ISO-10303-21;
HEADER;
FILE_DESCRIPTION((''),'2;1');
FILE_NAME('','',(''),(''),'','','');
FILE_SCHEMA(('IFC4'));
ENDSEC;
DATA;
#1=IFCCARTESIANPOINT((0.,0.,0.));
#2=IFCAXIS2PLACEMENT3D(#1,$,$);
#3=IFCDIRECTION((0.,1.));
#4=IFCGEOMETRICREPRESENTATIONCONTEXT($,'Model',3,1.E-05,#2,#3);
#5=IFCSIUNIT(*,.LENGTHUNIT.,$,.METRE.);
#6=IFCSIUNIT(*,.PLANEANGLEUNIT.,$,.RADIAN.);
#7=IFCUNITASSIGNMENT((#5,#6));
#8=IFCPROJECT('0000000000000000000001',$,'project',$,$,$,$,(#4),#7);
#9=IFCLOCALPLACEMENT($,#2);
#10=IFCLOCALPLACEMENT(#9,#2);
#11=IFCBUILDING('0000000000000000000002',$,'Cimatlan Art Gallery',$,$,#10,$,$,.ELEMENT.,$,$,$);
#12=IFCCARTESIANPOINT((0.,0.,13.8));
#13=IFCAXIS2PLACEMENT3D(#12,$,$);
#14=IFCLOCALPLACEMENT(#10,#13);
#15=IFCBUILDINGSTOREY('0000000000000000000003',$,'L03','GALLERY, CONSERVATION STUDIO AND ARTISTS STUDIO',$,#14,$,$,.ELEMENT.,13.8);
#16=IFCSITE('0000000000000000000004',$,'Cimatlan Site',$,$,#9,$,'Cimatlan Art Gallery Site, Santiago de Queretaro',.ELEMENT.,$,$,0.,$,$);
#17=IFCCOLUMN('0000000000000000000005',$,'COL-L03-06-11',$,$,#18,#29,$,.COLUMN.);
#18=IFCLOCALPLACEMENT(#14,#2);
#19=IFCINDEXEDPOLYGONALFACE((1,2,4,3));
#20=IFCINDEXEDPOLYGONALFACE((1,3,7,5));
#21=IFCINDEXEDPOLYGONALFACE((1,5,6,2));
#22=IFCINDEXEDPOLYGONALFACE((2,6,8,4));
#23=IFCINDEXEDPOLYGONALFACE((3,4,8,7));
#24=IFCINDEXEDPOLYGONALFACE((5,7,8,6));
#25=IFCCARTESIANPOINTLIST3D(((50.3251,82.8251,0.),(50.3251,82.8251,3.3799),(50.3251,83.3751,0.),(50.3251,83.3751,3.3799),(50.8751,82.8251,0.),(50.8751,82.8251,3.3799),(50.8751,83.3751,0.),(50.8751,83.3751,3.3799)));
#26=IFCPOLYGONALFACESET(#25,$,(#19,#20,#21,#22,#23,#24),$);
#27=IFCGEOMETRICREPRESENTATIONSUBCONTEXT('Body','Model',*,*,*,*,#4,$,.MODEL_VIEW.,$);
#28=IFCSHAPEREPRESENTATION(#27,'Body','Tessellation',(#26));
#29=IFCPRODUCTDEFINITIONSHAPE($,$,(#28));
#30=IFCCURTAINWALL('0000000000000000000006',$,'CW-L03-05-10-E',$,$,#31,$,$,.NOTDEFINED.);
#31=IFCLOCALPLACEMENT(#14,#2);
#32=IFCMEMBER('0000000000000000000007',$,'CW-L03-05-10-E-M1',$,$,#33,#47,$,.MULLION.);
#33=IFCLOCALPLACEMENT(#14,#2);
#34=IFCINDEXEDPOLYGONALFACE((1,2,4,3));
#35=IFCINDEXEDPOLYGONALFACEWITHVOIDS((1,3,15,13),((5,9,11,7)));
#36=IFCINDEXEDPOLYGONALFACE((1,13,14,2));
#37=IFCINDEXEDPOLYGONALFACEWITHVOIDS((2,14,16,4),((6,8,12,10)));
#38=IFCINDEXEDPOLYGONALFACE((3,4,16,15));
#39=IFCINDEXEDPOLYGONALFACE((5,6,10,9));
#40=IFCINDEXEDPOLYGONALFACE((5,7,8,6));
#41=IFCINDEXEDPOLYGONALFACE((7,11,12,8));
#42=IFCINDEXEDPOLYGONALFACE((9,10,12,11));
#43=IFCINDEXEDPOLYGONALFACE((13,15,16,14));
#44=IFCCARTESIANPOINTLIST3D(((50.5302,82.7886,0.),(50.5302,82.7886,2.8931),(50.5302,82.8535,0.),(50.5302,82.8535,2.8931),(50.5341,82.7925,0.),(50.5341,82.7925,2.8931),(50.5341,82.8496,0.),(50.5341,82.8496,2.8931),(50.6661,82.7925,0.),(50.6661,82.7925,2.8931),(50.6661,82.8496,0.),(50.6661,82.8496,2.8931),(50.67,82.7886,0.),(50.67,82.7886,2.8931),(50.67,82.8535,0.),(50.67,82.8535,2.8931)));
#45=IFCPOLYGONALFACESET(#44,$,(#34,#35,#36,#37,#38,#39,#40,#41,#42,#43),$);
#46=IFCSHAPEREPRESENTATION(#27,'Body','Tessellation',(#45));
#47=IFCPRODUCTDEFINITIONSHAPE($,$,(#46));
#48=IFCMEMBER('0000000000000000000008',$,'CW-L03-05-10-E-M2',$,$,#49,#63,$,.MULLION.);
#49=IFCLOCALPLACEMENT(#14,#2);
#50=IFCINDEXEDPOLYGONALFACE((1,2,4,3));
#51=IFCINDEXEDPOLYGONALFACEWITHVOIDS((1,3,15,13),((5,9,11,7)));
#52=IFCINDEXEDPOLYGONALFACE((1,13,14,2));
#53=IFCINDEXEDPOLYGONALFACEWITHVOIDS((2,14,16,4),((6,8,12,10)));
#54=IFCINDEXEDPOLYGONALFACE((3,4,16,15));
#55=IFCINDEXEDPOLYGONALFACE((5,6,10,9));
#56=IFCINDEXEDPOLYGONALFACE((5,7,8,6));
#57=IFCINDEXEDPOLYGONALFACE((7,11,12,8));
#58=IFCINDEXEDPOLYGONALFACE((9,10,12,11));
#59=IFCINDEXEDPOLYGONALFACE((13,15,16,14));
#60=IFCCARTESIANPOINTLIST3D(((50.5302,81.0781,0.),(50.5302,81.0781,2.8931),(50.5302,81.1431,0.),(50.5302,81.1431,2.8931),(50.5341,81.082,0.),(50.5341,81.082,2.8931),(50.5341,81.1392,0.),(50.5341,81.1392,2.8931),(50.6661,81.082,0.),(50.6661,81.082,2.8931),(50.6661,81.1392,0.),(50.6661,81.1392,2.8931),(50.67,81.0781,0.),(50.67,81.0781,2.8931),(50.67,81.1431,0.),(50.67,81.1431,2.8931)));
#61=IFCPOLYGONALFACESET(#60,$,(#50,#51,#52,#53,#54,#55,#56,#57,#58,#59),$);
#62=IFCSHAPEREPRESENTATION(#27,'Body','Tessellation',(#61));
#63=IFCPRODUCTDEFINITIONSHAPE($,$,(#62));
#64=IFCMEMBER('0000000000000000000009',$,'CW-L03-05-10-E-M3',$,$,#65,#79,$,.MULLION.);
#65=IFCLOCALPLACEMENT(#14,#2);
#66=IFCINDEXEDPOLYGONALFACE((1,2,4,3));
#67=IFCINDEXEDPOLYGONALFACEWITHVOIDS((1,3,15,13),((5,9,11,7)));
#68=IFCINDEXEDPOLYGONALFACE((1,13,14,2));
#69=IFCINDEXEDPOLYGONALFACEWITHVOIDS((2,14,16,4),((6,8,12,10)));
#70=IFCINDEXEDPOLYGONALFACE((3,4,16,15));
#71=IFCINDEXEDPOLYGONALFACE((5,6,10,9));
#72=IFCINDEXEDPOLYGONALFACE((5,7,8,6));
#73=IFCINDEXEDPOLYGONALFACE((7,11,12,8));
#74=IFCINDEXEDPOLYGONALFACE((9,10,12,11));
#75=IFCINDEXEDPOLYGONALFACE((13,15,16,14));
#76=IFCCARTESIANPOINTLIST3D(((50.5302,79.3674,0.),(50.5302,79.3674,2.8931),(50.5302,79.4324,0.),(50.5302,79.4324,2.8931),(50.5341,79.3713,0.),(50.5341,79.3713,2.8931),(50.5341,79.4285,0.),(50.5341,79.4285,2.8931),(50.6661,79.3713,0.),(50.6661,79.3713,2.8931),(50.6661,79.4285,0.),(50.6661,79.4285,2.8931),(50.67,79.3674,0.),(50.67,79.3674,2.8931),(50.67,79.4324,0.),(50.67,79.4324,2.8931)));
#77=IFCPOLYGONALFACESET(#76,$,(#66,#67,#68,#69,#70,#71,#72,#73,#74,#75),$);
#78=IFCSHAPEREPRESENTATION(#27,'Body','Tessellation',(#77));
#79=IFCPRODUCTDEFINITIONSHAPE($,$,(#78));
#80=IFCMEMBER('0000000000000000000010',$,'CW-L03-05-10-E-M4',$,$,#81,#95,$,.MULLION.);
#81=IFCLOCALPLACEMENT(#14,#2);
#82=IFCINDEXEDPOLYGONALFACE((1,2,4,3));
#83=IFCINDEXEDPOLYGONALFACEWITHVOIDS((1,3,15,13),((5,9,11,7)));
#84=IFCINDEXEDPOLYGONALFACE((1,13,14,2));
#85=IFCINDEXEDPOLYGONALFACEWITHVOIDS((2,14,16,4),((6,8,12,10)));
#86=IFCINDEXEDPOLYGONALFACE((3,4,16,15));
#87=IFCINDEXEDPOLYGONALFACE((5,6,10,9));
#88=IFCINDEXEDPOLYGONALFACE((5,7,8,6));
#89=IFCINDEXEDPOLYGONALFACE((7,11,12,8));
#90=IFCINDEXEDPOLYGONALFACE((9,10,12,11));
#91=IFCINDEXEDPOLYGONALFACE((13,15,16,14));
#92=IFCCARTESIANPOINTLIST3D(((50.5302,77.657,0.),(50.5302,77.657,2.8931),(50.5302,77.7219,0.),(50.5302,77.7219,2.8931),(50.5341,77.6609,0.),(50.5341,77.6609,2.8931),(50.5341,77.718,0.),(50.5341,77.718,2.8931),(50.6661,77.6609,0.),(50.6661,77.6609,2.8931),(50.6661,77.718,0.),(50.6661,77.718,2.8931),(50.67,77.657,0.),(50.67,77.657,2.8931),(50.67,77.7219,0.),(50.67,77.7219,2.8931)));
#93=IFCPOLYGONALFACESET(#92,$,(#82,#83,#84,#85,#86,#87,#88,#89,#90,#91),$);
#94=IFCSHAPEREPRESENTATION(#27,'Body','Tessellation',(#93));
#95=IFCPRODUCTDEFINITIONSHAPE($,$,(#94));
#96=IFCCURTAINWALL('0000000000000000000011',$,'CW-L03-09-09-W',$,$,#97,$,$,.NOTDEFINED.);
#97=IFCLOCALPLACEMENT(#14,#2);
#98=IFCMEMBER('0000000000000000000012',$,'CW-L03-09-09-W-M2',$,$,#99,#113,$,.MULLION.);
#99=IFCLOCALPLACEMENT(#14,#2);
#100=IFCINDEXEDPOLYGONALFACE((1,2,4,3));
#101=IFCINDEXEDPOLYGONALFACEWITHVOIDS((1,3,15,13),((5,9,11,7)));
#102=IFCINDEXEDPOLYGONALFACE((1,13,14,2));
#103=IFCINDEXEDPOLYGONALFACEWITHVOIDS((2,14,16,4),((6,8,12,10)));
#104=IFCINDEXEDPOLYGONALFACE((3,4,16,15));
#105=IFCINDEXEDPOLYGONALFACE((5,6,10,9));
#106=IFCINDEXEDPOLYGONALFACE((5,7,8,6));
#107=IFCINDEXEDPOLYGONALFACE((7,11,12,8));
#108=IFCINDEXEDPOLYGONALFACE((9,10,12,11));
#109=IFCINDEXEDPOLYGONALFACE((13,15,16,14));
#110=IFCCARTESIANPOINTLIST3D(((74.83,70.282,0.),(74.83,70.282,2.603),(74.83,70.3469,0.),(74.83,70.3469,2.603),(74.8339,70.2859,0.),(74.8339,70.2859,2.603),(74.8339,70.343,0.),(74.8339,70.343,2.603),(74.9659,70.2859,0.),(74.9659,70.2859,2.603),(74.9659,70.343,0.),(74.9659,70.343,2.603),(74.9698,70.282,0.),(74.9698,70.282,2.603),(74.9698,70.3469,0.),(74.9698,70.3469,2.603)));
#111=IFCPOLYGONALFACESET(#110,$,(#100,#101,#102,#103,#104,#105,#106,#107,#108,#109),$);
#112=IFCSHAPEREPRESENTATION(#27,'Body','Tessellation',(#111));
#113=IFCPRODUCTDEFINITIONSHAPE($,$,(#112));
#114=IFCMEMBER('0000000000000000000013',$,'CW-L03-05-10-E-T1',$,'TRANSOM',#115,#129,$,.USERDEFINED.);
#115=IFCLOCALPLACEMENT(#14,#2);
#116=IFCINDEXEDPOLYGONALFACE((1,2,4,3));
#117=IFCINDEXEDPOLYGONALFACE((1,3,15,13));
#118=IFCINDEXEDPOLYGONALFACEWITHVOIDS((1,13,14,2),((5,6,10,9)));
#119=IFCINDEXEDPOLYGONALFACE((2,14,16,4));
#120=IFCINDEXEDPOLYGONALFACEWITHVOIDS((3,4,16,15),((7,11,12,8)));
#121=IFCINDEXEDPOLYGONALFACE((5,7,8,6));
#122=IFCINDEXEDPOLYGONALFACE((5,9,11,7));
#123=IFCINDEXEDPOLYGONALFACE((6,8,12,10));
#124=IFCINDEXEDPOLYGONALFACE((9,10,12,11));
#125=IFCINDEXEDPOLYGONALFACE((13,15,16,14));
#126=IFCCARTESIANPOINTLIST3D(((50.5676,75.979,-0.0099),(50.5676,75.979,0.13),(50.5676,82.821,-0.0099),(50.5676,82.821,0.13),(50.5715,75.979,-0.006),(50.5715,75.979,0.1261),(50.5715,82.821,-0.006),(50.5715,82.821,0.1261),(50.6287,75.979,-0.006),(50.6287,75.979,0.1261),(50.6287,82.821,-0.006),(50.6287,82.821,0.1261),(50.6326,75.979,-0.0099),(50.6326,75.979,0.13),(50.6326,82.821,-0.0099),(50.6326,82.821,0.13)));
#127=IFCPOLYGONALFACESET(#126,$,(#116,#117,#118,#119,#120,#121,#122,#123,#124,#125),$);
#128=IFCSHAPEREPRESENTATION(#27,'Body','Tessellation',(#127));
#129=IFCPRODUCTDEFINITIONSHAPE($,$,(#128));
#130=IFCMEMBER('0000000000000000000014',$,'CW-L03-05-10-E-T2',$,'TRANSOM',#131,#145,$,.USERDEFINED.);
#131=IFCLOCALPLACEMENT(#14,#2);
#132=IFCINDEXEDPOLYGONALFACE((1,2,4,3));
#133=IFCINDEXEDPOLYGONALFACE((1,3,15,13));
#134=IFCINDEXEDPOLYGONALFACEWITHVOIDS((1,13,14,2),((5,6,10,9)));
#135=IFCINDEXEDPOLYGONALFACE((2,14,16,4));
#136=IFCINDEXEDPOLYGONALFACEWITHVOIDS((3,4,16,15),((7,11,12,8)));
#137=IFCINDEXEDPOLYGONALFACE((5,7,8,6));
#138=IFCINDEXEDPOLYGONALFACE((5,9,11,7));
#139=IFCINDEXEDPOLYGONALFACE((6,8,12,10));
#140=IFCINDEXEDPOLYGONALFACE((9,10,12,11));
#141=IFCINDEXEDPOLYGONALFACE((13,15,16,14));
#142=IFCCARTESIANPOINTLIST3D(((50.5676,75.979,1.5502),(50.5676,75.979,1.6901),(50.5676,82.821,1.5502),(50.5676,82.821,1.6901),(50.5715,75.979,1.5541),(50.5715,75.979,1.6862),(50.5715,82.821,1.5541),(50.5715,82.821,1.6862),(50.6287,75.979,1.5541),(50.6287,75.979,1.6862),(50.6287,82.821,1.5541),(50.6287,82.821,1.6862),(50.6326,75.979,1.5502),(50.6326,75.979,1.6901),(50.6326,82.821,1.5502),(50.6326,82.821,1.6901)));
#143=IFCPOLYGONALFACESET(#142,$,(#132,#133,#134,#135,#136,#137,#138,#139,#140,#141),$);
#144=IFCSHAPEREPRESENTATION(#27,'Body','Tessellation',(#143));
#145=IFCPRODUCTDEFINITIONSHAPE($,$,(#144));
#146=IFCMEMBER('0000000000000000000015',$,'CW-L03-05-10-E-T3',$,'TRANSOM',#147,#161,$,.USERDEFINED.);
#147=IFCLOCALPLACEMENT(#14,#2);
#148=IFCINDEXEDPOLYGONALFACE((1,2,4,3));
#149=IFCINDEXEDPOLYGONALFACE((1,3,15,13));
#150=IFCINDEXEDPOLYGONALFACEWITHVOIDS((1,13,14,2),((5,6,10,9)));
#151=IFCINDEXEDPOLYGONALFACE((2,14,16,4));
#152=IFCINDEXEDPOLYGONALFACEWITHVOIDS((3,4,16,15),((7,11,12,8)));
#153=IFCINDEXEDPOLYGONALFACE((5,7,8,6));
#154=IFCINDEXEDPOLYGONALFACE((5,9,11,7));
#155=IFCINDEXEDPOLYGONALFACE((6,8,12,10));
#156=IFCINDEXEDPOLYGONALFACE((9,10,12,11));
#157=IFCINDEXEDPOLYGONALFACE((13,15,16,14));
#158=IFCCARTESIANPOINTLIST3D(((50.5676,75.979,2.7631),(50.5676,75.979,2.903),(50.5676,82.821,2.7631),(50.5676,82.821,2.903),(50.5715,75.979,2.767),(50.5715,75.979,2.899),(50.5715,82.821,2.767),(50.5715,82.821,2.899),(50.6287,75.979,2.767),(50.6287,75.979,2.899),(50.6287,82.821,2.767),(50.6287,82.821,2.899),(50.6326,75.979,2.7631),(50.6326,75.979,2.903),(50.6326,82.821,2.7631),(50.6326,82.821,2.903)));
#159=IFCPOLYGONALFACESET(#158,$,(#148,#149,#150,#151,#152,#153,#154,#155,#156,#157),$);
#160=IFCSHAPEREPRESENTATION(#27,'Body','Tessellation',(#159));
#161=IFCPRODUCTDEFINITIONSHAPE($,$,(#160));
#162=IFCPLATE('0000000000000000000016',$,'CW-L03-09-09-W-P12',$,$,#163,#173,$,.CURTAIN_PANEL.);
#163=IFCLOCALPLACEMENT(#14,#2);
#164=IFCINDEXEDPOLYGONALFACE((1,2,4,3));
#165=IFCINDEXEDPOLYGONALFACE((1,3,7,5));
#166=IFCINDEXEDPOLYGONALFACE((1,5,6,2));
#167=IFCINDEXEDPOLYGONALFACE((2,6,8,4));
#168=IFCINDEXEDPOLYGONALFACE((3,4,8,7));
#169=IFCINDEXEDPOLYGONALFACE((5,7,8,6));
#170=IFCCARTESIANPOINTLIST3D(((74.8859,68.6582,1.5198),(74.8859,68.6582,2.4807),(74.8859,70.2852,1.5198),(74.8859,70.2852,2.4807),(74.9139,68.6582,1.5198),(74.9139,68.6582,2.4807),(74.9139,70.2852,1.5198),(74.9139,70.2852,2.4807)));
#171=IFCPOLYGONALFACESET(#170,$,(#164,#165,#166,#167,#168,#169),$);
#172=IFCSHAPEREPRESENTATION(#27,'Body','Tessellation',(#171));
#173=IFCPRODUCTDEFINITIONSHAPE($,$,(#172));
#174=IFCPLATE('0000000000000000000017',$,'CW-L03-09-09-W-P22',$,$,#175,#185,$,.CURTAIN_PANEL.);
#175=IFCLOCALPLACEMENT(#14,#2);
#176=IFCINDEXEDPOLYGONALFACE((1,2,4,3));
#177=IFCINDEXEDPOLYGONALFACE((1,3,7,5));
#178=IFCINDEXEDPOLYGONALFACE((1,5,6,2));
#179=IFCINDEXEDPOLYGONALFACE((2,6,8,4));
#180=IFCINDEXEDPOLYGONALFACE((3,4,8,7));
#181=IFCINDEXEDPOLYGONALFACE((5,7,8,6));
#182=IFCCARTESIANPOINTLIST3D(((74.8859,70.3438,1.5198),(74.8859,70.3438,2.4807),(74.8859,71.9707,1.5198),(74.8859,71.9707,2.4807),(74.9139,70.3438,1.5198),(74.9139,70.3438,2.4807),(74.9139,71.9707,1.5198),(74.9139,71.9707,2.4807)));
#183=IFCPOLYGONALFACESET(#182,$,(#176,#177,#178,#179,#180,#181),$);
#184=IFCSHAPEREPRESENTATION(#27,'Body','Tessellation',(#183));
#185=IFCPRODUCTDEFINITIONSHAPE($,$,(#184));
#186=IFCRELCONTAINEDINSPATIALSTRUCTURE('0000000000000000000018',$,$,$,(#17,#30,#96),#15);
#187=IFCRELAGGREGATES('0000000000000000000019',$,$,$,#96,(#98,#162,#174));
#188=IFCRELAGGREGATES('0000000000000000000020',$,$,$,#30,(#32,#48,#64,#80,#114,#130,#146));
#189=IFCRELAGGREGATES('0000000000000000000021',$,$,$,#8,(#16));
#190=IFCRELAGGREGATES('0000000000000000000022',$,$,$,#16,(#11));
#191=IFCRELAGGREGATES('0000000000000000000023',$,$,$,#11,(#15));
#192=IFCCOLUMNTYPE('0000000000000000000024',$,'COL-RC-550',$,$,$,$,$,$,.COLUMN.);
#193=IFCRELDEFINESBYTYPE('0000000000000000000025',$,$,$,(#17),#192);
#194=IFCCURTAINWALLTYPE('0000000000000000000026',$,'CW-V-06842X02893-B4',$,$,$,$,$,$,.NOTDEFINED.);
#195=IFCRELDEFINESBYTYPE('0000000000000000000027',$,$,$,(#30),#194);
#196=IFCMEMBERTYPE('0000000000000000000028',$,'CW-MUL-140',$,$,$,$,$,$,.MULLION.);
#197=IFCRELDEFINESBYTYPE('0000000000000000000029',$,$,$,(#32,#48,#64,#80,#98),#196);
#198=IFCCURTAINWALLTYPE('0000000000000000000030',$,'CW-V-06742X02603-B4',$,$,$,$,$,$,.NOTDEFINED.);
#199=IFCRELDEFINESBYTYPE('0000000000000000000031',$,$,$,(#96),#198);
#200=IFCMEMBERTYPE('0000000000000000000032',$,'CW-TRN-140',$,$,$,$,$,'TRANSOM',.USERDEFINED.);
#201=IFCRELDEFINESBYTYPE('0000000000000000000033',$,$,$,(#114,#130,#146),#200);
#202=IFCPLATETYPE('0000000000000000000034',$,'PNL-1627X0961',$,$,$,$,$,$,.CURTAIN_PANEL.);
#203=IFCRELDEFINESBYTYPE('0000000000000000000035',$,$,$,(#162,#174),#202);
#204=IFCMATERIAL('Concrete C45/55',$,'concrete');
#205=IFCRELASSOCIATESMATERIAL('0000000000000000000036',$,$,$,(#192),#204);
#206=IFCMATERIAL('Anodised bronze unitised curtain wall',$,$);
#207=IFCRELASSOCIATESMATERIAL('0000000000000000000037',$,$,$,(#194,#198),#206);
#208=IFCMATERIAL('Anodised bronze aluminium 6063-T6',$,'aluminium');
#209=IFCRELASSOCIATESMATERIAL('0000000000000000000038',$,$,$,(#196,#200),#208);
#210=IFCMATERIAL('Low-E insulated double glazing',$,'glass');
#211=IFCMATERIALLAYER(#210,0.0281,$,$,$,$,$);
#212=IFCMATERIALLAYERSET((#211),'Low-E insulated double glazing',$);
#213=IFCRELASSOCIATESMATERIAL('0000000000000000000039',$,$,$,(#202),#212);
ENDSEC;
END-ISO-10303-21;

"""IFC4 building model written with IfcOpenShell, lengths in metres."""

from ifc_helpers import new_model, si_unit, direction, frame, origin, origin_2d, place, context, subcontext, project, spatial, rectangle, hollow_rectangle, extrude, material, layer, layer_set, material_profile, profile_set, type_object, element, aggregate, save


model = new_model("IFC4")

# Units and contexts
model_context = context("Model", 3, precision=1e-05, world=origin(), true_north=direction((0.0, 1.0)))
body_context = subcontext(model_context, "Body", "Model", "MODEL_VIEW")
ifc_project = project(units=[si_unit("LENGTHUNIT", "METRE"), si_unit("PLANEANGLEUNIT", "RADIAN")], contexts=[model_context])

# Site, building, storey
site_placement = place(None, origin())
site = spatial("IfcSite", under=ifc_project, at=site_placement, Name="Cimatlan Site", LongName="Cimatlan Art Gallery Site, Santiago de Queretaro", CompositionType="ELEMENT", RefElevation=0.0)
building_placement = place(site_placement, origin())
building = spatial("IfcBuilding", under=site, at=building_placement, Name="Cimatlan Art Gallery", CompositionType="ELEMENT")
storey_placement = place(building_placement, frame((0.0, 0.0, 13.8)))
storey = spatial("IfcBuildingStorey", under=building, at=storey_placement, Name="L03", Description="GALLERY, CONSERVATION STUDIO AND ARTISTS STUDIO", CompositionType="ELEMENT", Elevation=13.8)

# Column
ifc_material_1 = material(Name="Concrete C45/55", Category="concrete")
ifc_material_profile_1 = material_profile(ifc_material_1, rectangle(XDim=0.55, YDim=0.55, at=origin_2d()), Name="RC550X550")
ifc_profile_set_1 = profile_set([ifc_material_profile_1], Name="Concrete C45/55")
column_type = type_object("IfcColumnType", Name="COL-RC-550", PredefinedType="COLUMN", material=ifc_profile_set_1)
column_placement = place(storey_placement, frame((50.6001, 83.1001, 0.0), z_axis=(0.0, 0.0, 1.0), x_axis=(1.0, 0.0, 0.0)))
element("IfcColumn", 1, at=column_placement, inside=storey, type_object=column_type, Name="COL-L03-06-11", PredefinedType="COLUMN", context=body_context, shape_type="SweptSolid", body=[
    extrude(rectangle(XDim=0.55, YDim=0.55, at=origin_2d()), origin(), (0.0, 0.0, 1.0), 3.3799),
])

# Curtain wall, members
ifc_material_2 = material(Name="Anodised bronze unitised curtain wall")
curtain_wall_type_1 = type_object("IfcCurtainWallType", Name="CW-V-06842X02893-B4", PredefinedType="NOTDEFINED", material=ifc_material_2)
curtain_wall_1_placement = place(storey_placement, origin())
curtain_wall_1 = element("IfcCurtainWall", 2, at=curtain_wall_1_placement, inside=storey, type_object=curtain_wall_type_1, Name="CW-L03-05-10-E", PredefinedType="NOTDEFINED")
ifc_material_3 = material(Name="Anodised bronze aluminium 6063-T6", Category="aluminium")
ifc_material_profile_2 = material_profile(ifc_material_3, hollow_rectangle(XDim=0.0649, YDim=0.1399, WallThickness=0.0039, at=origin_2d()), Name="ALU65X140X4")
ifc_profile_set_2 = profile_set([ifc_material_profile_2], Name="Anodised bronze aluminium 6063-T6")
member_type_1 = type_object("IfcMemberType", Name="CW-MUL-140", PredefinedType="MULLION", material=ifc_profile_set_2)
member_1_placement = place(storey_placement, frame((50.6001, 82.821, 0.0), z_axis=(0.0, 0.0, 1.0), x_axis=(0.0, 1.0, 0.0)))
member_1 = element("IfcMember", 3, at=member_1_placement, type_object=member_type_1, Name="CW-L03-05-10-E-M1", PredefinedType="MULLION", context=body_context, shape_type="SweptSolid", body=[
    extrude(hollow_rectangle(XDim=0.0649, YDim=0.1399, WallThickness=0.0039, at=origin_2d()), origin(), (0.0, 0.0, 1.0), 2.8931),
])
member_2_placement = place(storey_placement, frame((50.6001, 81.1106, 0.0), z_axis=(0.0, 0.0, 1.0), x_axis=(0.0, 1.0, 0.0)))
member_2 = element("IfcMember", 4, at=member_2_placement, type_object=member_type_1, Name="CW-L03-05-10-E-M2", PredefinedType="MULLION", context=body_context, shape_type="SweptSolid", body=[
    extrude(hollow_rectangle(XDim=0.0649, YDim=0.1399, WallThickness=0.0039, at=origin_2d()), origin(), (0.0, 0.0, 1.0), 2.8931),
])
member_3_placement = place(storey_placement, frame((50.6001, 79.3999, 0.0), z_axis=(0.0, 0.0, 1.0), x_axis=(0.0, 1.0, 0.0)))
member_3 = element("IfcMember", 5, at=member_3_placement, type_object=member_type_1, Name="CW-L03-05-10-E-M3", PredefinedType="MULLION", context=body_context, shape_type="SweptSolid", body=[
    extrude(hollow_rectangle(XDim=0.0649, YDim=0.1399, WallThickness=0.0039, at=origin_2d()), origin(), (0.0, 0.0, 1.0), 2.8931),
])
member_4_placement = place(storey_placement, frame((50.6001, 77.6895, 0.0), z_axis=(0.0, 0.0, 1.0), x_axis=(0.0, 1.0, 0.0)))
member_4 = element("IfcMember", 6, at=member_4_placement, type_object=member_type_1, Name="CW-L03-05-10-E-M4", PredefinedType="MULLION", context=body_context, shape_type="SweptSolid", body=[
    extrude(hollow_rectangle(XDim=0.0649, YDim=0.1399, WallThickness=0.0039, at=origin_2d()), origin(), (0.0, 0.0, 1.0), 2.8931),
])

# Curtain wall, member
curtain_wall_type_2 = type_object("IfcCurtainWallType", Name="CW-V-06742X02603-B4", PredefinedType="NOTDEFINED", material=ifc_material_2)
curtain_wall_2_placement = place(storey_placement, origin())
curtain_wall_2 = element("IfcCurtainWall", 7, at=curtain_wall_2_placement, inside=storey, type_object=curtain_wall_type_2, Name="CW-L03-09-09-W", PredefinedType="NOTDEFINED")
member_5_placement = place(storey_placement, frame((74.8999, 70.3145, 0.0), z_axis=(0.0, 0.0, 1.0), x_axis=(0.0, 1.0, 0.0)))
member_5 = element("IfcMember", 8, at=member_5_placement, type_object=member_type_1, Name="CW-L03-09-09-W-M2", PredefinedType="MULLION", context=body_context, shape_type="SweptSolid", body=[
    extrude(hollow_rectangle(XDim=0.0649, YDim=0.1399, WallThickness=0.0039, at=origin_2d()), origin(), (0.0, 0.0, 1.0), 2.603),
])

# Members
ifc_material_profile_3 = material_profile(ifc_material_3, hollow_rectangle(XDim=0.0649, YDim=0.1399, WallThickness=0.0039, at=origin_2d()), Name="ALU65X140X4")
ifc_profile_set_3 = profile_set([ifc_material_profile_3], Name="Anodised bronze aluminium 6063-T6")
member_type_2 = type_object("IfcMemberType", Name="CW-TRN-140", ElementType="TRANSOM", PredefinedType="USERDEFINED", material=ifc_profile_set_3)
member_6_placement = place(storey_placement, frame((50.6001, 82.821, 0.0601), z_axis=(0.0, -1.0, 0.0), x_axis=(1.0, 0.0, 0.0)))
member_6 = element("IfcMember", 9, at=member_6_placement, type_object=member_type_2, Name="CW-L03-05-10-E-T1", ObjectType="TRANSOM", PredefinedType="USERDEFINED", context=body_context, shape_type="SweptSolid", body=[
    extrude(hollow_rectangle(XDim=0.0649, YDim=0.1399, WallThickness=0.0039, at=origin_2d()), origin(), (0.0, 0.0, 1.0), 6.842),
])
member_7_placement = place(storey_placement, frame((50.6001, 82.821, 1.6201), z_axis=(0.0, -1.0, 0.0), x_axis=(1.0, 0.0, 0.0)))
member_7 = element("IfcMember", 10, at=member_7_placement, type_object=member_type_2, Name="CW-L03-05-10-E-T2", ObjectType="TRANSOM", PredefinedType="USERDEFINED", context=body_context, shape_type="SweptSolid", body=[
    extrude(hollow_rectangle(XDim=0.0649, YDim=0.1399, WallThickness=0.0039, at=origin_2d()), origin(), (0.0, 0.0, 1.0), 6.842),
])
member_8_placement = place(storey_placement, frame((50.6001, 82.821, 2.833), z_axis=(0.0, -1.0, 0.0), x_axis=(1.0, 0.0, 0.0)))
member_8 = element("IfcMember", 11, at=member_8_placement, type_object=member_type_2, Name="CW-L03-05-10-E-T3", ObjectType="TRANSOM", PredefinedType="USERDEFINED", context=body_context, shape_type="SweptSolid", body=[
    extrude(hollow_rectangle(XDim=0.0649, YDim=0.1399, WallThickness=0.0039, at=origin_2d()), origin(), (0.0, 0.0, 1.0), 6.842),
])

# Plates
ifc_material_4 = material(Name="Low-E insulated double glazing", Category="glass")
ifc_layer_1 = layer(ifc_material_4, 0.0281)
ifc_layer_set_1 = layer_set([ifc_layer_1], Name="Low-E insulated double glazing")
plate_type_1 = type_object("IfcPlateType", Name="PNL-1627X0961", PredefinedType="CURTAIN_PANEL", material=ifc_layer_set_1)
plate_1_placement = place(storey_placement, frame((74.8999, 69.4717, 1.5198), z_axis=(0.0, 0.0, 1.0), x_axis=(0.0, 1.0, 0.0)))
plate_1 = element("IfcPlate", 12, at=plate_1_placement, type_object=plate_type_1, Name="CW-L03-09-09-W-P12", PredefinedType="CURTAIN_PANEL", context=body_context, shape_type="SweptSolid", body=[
    extrude(rectangle(XDim=1.627, YDim=0.0281, at=origin_2d()), origin(), (0.0, 0.0, 1.0), 0.9609),
])
plate_2_placement = place(storey_placement, frame((74.8999, 71.1572, 1.5198), z_axis=(0.0, 0.0, 1.0), x_axis=(0.0, 1.0, 0.0)))
plate_2 = element("IfcPlate", 13, at=plate_2_placement, type_object=plate_type_1, Name="CW-L03-09-09-W-P22", PredefinedType="CURTAIN_PANEL", context=body_context, shape_type="SweptSolid", body=[
    extrude(rectangle(XDim=1.627, YDim=0.0281, at=origin_2d()), origin(), (0.0, 0.0, 1.0), 0.9609),
])
aggregate(curtain_wall_2, [member_5, plate_1, plate_2])
aggregate(curtain_wall_1, [member_1, member_2, member_3, member_4, member_6, member_7, member_8])

save(model, "model.ifc")
